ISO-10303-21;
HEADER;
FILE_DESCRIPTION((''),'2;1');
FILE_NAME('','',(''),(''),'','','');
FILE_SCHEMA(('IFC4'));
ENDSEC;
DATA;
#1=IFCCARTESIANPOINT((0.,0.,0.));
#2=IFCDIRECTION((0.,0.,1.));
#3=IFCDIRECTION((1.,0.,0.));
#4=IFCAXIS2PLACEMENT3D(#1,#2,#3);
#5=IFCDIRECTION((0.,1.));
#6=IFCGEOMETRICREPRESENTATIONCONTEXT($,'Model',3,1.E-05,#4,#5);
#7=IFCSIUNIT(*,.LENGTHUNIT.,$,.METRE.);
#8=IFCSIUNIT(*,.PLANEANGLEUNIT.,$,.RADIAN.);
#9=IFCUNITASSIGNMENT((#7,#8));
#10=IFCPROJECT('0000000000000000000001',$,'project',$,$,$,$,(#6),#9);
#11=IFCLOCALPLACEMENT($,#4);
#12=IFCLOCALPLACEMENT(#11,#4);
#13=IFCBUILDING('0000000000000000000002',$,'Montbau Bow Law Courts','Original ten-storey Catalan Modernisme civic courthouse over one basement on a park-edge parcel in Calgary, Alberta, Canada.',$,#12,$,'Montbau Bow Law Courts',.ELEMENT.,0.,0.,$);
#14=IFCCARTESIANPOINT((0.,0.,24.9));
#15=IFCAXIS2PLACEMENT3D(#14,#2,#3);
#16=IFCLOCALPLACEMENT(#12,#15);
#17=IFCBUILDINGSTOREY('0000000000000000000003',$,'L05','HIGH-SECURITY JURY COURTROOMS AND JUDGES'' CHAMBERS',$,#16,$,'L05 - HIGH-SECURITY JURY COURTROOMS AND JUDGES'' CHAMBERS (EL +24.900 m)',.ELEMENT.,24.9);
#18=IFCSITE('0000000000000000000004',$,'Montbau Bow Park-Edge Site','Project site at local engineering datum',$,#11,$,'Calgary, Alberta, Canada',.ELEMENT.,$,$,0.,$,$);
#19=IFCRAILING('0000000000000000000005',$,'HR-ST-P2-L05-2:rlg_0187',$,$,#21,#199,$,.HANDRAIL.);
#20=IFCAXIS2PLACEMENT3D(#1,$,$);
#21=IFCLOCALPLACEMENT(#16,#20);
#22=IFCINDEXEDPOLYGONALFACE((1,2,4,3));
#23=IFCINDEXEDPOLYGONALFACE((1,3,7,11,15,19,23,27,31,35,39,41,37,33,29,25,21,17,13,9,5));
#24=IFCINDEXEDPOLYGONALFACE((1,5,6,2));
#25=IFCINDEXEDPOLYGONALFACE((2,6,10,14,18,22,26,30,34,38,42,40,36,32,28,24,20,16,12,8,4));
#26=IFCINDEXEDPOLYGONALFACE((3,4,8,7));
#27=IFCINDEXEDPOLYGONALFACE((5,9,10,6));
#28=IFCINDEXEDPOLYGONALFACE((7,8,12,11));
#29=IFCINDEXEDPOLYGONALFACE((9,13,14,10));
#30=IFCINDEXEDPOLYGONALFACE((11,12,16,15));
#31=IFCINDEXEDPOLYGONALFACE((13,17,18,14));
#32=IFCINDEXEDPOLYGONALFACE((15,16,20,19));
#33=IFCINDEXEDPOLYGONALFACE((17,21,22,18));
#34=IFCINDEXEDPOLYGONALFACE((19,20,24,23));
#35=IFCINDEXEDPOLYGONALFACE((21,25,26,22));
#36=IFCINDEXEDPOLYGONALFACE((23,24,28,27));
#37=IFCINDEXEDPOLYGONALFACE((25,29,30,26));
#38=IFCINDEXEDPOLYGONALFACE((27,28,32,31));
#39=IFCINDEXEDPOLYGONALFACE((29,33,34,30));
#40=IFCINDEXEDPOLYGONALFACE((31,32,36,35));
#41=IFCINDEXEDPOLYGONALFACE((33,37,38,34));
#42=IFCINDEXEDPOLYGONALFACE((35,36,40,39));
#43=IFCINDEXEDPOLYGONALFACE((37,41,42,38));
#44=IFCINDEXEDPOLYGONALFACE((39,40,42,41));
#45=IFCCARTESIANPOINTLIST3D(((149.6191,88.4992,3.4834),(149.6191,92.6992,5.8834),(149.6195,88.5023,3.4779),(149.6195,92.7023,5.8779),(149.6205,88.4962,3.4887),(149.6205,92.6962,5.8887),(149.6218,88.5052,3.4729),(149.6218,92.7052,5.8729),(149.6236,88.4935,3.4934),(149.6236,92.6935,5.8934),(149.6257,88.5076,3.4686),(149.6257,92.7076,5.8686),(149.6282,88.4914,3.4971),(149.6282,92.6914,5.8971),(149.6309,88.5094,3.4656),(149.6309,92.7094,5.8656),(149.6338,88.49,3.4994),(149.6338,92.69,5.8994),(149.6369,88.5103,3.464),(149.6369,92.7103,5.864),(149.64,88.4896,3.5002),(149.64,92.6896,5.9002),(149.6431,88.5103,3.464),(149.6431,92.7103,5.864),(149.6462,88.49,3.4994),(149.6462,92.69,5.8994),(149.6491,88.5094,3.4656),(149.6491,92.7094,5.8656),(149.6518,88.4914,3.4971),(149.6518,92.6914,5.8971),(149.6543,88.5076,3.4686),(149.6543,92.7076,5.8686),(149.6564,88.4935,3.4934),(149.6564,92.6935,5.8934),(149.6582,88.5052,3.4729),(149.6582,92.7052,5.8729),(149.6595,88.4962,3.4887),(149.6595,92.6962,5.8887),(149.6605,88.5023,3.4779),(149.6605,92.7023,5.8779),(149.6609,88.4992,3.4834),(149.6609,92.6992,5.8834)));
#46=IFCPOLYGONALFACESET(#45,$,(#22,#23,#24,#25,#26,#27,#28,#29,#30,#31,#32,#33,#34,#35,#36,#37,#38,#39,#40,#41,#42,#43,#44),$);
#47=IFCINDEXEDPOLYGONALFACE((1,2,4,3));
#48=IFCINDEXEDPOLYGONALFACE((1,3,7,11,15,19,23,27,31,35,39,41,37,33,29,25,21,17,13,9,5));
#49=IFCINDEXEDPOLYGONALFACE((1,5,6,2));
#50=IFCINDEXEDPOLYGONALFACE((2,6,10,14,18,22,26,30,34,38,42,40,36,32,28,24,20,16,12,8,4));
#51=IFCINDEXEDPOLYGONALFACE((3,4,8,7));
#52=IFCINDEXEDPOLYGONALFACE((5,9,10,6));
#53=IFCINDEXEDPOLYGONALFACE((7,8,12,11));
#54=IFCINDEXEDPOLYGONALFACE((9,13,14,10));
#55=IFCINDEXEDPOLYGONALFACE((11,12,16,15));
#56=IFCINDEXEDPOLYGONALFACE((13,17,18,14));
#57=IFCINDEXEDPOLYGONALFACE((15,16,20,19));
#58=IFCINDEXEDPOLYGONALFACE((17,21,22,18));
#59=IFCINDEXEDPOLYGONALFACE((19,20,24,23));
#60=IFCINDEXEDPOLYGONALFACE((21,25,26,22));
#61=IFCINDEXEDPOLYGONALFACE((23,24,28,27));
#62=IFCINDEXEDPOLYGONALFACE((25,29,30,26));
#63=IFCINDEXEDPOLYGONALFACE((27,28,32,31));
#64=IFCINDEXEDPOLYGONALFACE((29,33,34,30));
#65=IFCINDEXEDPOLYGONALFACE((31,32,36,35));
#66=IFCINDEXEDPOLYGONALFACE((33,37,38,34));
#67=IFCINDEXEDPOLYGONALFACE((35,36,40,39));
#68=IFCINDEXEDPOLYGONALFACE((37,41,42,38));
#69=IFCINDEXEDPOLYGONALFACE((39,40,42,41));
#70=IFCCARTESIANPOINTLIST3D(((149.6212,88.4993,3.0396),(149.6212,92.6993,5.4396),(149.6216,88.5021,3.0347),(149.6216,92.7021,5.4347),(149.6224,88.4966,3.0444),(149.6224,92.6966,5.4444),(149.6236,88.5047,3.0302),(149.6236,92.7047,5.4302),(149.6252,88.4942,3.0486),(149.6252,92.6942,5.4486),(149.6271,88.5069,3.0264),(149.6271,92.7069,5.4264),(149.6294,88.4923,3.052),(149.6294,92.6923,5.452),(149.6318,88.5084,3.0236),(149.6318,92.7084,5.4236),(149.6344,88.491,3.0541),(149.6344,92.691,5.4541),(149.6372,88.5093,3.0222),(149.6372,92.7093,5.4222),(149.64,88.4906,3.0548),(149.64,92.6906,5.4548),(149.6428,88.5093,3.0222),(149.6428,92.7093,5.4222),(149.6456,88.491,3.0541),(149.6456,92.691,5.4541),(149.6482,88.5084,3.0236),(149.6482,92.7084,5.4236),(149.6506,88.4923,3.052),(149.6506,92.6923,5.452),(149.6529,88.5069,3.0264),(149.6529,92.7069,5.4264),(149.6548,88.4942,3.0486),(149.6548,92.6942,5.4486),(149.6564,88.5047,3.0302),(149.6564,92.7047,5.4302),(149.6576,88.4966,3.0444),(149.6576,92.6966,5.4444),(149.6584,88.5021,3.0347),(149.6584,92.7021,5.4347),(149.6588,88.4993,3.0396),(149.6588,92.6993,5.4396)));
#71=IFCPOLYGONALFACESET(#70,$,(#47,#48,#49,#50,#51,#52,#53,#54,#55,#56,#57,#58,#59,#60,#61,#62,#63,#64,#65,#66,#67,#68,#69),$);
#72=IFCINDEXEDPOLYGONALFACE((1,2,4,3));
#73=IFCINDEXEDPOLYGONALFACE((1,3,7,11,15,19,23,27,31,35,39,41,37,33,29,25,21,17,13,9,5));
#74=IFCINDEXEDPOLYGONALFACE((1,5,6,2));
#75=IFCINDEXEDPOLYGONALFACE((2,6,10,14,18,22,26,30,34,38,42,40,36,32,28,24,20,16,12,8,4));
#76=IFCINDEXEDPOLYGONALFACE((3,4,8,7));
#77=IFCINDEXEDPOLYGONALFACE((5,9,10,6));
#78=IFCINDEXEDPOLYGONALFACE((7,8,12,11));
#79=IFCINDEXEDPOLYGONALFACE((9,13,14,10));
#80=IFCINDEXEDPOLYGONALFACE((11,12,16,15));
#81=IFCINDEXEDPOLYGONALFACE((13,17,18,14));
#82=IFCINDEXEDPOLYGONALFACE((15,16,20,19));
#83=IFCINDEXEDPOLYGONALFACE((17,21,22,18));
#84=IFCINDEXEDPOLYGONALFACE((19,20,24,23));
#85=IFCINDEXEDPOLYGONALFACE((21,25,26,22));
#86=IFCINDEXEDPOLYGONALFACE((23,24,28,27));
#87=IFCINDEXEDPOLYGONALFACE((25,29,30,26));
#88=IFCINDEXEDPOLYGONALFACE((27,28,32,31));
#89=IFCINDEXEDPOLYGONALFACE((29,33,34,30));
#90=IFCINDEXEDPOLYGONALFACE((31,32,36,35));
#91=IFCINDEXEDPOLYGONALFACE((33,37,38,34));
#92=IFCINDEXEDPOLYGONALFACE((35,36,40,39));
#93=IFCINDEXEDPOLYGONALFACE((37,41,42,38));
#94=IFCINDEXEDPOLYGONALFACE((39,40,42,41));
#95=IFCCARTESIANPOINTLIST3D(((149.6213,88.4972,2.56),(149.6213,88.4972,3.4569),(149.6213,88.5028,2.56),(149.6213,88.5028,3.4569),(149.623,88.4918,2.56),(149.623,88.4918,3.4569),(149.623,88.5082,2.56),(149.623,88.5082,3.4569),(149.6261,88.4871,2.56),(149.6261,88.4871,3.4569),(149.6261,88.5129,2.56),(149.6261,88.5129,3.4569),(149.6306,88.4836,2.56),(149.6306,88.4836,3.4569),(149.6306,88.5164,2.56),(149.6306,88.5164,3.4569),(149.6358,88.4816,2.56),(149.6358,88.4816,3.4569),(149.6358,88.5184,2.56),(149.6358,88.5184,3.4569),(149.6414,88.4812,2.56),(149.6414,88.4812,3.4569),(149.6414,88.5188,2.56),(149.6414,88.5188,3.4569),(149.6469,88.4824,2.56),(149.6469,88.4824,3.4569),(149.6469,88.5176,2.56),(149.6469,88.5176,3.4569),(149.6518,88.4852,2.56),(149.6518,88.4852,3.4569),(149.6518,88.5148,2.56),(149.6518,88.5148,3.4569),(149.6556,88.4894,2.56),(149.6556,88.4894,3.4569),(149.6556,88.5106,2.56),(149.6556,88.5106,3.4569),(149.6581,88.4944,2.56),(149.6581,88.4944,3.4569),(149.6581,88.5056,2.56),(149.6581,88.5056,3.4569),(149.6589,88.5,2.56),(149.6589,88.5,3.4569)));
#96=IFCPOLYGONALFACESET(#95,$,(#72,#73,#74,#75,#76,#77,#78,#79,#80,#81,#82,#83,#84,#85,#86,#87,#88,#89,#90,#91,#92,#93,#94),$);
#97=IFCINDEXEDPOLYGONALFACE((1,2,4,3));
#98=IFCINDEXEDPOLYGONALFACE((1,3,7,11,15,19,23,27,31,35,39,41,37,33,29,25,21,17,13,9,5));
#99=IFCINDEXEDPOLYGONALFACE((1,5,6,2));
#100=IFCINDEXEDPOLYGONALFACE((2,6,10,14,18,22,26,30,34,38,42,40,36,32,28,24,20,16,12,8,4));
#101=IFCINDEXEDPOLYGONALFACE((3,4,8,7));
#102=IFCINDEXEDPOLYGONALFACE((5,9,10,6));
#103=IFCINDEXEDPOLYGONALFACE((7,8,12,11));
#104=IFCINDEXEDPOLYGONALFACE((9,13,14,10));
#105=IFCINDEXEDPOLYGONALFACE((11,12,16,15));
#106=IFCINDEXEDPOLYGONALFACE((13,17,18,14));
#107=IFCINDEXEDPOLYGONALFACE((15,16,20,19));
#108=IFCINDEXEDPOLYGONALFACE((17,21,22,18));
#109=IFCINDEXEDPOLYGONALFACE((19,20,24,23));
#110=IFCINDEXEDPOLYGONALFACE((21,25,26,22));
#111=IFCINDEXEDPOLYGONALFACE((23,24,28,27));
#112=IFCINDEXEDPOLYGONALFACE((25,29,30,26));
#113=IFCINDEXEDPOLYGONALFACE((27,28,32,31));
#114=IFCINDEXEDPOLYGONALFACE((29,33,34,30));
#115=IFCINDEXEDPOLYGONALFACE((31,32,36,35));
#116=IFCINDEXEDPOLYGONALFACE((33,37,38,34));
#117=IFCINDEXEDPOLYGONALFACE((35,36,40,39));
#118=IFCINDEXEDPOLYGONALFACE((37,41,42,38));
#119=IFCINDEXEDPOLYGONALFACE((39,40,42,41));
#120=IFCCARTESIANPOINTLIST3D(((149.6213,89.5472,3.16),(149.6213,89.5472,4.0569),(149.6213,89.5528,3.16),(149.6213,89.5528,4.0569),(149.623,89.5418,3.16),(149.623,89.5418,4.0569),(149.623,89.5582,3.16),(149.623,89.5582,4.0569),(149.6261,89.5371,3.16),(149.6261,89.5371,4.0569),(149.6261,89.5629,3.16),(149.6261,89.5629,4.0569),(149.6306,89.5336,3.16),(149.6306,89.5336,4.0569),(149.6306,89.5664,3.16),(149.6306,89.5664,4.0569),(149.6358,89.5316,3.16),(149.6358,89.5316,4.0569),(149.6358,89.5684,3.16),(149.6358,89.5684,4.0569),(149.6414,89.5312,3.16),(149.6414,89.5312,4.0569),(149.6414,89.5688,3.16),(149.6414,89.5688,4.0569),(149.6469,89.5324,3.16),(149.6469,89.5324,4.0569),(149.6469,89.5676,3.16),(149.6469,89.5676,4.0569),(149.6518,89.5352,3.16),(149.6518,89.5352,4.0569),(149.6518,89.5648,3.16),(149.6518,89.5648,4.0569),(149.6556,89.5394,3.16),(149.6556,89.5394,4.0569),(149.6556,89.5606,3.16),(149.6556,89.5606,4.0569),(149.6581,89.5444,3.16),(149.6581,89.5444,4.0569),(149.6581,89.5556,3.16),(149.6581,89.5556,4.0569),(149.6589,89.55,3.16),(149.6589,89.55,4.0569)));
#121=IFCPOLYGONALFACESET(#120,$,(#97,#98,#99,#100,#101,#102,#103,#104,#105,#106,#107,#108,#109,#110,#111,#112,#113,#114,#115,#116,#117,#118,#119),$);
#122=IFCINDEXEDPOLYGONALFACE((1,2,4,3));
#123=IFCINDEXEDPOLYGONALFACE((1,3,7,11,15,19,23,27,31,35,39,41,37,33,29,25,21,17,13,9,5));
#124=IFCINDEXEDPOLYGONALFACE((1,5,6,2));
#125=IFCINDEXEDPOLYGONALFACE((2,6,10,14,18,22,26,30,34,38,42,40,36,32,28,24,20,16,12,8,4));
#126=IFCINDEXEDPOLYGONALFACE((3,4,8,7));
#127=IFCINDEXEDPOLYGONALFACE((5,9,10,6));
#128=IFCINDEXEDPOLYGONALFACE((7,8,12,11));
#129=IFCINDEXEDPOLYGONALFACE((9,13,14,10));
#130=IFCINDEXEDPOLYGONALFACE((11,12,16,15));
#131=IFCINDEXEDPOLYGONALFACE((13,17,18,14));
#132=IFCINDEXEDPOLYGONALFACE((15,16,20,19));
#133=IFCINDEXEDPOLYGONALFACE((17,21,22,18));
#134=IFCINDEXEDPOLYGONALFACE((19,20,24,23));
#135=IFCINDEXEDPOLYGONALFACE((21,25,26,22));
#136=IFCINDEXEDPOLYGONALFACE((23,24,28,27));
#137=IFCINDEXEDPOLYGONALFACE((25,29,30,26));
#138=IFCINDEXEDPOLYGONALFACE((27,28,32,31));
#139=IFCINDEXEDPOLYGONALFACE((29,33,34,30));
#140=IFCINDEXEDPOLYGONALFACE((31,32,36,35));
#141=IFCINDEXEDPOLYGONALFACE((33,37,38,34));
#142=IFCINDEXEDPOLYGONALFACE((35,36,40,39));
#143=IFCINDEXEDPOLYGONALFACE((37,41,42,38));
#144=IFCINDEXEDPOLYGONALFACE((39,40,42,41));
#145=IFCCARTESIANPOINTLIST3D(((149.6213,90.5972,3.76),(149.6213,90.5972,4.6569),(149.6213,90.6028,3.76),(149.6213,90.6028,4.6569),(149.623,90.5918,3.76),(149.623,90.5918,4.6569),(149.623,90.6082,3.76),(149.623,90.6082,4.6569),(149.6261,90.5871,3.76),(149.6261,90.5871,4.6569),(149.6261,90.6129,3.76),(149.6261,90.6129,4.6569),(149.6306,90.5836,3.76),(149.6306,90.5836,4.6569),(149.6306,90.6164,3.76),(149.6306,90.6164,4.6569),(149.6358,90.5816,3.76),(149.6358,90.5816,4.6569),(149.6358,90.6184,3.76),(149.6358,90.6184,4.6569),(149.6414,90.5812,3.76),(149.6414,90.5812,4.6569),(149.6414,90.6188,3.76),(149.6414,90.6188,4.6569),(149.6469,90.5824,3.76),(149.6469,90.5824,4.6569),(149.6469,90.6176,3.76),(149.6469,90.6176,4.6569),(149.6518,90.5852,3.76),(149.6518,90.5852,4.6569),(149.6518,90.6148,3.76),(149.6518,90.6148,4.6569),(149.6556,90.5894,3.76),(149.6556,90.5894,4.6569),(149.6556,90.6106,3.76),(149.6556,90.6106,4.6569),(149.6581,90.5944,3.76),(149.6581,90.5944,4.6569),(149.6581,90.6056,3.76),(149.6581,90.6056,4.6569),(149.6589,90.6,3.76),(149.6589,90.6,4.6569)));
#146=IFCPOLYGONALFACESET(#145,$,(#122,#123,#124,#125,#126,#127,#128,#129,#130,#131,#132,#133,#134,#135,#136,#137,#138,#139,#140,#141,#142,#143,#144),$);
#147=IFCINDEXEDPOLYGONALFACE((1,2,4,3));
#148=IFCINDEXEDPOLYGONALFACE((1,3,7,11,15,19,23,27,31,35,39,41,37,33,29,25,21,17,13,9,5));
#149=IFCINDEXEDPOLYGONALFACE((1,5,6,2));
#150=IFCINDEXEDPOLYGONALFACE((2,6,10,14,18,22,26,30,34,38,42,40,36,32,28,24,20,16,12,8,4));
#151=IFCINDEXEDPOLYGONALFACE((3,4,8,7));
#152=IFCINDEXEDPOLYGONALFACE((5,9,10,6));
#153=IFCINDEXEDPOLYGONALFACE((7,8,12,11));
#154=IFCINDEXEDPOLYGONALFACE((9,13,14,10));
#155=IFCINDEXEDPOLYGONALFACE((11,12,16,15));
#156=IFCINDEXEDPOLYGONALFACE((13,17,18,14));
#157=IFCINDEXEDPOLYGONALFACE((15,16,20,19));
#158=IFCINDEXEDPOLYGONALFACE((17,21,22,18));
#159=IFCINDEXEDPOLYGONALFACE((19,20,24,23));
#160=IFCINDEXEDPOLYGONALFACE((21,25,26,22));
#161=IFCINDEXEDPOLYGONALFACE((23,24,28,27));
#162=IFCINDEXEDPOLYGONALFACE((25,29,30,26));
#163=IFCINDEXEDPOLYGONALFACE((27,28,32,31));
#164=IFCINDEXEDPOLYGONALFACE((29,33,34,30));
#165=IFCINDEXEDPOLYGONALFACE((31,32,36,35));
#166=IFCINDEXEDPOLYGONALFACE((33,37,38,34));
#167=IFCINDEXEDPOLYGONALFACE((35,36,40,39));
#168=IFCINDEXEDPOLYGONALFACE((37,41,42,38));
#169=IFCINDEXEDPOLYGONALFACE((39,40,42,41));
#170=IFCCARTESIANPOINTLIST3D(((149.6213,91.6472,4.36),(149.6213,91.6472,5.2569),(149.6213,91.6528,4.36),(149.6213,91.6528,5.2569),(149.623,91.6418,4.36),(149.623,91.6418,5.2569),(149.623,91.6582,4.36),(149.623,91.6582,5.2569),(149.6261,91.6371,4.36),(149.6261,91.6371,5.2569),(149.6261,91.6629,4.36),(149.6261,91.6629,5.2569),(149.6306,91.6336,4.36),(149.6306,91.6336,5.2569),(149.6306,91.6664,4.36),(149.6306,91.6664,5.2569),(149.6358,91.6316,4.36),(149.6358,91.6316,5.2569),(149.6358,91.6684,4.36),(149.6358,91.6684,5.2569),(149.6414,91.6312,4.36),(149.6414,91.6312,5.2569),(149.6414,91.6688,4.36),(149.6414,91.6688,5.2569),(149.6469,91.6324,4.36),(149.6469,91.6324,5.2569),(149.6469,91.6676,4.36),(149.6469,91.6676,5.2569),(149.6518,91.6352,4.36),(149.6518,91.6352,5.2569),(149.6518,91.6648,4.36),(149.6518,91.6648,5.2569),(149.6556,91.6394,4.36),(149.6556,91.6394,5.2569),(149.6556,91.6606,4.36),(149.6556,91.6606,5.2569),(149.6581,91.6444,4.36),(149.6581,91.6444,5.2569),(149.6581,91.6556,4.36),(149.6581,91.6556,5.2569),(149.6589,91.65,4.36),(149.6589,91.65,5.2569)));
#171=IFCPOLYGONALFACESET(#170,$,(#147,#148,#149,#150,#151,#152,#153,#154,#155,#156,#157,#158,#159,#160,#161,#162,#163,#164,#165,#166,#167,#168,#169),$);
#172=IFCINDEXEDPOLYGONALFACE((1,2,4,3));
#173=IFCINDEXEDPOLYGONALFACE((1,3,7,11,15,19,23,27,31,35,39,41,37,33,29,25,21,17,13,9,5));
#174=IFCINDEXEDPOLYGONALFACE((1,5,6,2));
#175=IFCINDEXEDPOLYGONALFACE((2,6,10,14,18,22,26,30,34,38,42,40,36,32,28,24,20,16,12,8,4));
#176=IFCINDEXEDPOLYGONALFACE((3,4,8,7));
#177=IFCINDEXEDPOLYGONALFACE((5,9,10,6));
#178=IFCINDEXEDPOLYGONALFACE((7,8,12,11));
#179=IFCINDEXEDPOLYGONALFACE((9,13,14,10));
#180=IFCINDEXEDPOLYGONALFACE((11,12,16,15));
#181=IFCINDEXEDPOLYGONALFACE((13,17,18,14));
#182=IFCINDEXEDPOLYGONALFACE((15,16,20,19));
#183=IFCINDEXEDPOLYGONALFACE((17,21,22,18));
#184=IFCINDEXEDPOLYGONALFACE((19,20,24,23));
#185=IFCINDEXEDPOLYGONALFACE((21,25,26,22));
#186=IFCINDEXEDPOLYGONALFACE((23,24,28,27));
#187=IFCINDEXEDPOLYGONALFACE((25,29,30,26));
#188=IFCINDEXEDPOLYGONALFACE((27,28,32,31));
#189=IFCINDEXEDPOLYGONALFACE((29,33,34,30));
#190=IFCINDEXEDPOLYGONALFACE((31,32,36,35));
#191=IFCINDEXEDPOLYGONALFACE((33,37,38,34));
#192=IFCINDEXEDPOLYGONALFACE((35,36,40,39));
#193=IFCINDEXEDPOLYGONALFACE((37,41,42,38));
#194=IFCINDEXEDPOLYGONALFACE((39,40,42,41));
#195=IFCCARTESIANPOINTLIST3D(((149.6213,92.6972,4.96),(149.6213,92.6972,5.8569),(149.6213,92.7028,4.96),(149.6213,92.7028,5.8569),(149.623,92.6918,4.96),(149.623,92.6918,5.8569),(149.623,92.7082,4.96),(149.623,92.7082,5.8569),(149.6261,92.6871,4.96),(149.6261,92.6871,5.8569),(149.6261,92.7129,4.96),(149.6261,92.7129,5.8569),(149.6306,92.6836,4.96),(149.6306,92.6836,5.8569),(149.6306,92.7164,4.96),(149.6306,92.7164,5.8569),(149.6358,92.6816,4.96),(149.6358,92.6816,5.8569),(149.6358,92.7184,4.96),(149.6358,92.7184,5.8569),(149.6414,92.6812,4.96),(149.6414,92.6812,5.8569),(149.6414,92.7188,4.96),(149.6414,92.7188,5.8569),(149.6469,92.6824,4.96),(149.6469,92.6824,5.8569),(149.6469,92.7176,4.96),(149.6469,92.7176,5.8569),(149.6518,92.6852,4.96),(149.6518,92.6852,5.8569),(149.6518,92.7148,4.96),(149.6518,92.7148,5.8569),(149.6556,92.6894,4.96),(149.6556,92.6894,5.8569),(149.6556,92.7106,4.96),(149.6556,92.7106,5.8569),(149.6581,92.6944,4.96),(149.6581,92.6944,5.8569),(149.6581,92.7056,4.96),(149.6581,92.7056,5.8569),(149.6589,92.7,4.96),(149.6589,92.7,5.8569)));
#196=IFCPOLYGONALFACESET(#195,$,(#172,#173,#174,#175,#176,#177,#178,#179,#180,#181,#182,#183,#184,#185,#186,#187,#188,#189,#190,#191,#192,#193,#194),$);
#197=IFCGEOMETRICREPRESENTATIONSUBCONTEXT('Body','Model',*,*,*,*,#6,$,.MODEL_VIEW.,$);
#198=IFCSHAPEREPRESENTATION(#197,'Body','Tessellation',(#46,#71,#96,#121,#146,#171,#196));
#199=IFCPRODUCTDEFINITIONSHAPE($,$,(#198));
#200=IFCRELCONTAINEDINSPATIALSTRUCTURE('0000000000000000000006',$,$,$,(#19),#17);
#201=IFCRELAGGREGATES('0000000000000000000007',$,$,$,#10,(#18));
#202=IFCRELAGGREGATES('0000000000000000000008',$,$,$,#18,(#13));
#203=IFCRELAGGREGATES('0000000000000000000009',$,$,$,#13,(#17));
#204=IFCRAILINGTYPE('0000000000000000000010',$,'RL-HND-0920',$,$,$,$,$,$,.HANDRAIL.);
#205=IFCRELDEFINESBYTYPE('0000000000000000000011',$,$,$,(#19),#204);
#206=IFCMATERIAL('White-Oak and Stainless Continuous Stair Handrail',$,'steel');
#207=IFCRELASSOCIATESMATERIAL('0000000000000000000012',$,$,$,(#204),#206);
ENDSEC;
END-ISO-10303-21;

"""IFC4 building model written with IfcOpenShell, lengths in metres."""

from ifc_helpers import new_model, si_unit, direction, frame, origin_with_axes, origin_2d_with_axis, place, context, subcontext, project, spatial, circle, extrude, material, type_object, element, save


model = new_model("IFC4")

# Units and contexts
model_context = context("Model", 3, precision=1e-05, world=origin_with_axes(), true_north=direction((0.0, 1.0)))
body_context = subcontext(model_context, "Body", "Model", "MODEL_VIEW")
ifc_project = project(units=[si_unit("LENGTHUNIT", "METRE"), si_unit("PLANEANGLEUNIT", "RADIAN")], contexts=[model_context])

# Site, building, storey
site_placement = place(None, origin_with_axes())
site = spatial("IfcSite", under=ifc_project, at=site_placement, Name="Montbau Bow Park-Edge Site", Description="Project site at local engineering datum", LongName="Calgary, Alberta, Canada", CompositionType="ELEMENT", RefElevation=0.0)
building_placement = place(site_placement, origin_with_axes())
building = spatial("IfcBuilding", under=site, at=building_placement, Name="Montbau Bow Law Courts", Description="Original ten-storey Catalan Modernisme civic courthouse over one basement on a park-edge parcel in Calgary, Alberta, Canada.", LongName="Montbau Bow Law Courts", CompositionType="ELEMENT", ElevationOfRefHeight=0.0, ElevationOfTerrain=0.0)
storey_placement = place(building_placement, frame((0.0, 0.0, 24.9), z_axis=(0.0, 0.0, 1.0), x_axis=(1.0, 0.0, 0.0)))
storey = spatial("IfcBuildingStorey", under=building, at=storey_placement, Name="L05", Description="HIGH-SECURITY JURY COURTROOMS AND JUDGES' CHAMBERS", LongName="L05 - HIGH-SECURITY JURY COURTROOMS AND JUDGES' CHAMBERS (EL +24.900 m)", CompositionType="ELEMENT", Elevation=24.9)

# Railing
ifc_material_1 = material(Name="White-Oak and Stainless Continuous Stair Handrail", Category="steel")
railing_type_1 = type_object("IfcRailingType", Name="RL-HND-0920", PredefinedType="HANDRAIL", material=ifc_material_1)
railing_1_placement = place(None, origin_with_axes())
element("IfcRailing", 1, at=railing_1_placement, inside=storey, type_object=railing_type_1, Name="HR-ST-P2-L05-2:rlg_0187", PredefinedType="HANDRAIL", context=body_context, shape_type="SweptSolid", body=[
    extrude(circle(Radius=0.021, at=origin_2d_with_axis()), frame((149.64, 88.5, 28.382), z_axis=(0.0, 0.868243, 0.496139), x_axis=(0.0, -0.496139, 0.868243)), (0.0, 0.0, 1.0), 4.8374),
    extrude(circle(Radius=0.0189, at=origin_2d_with_axis()), frame((149.64, 88.5, 27.9384), z_axis=(0.0, 0.868243, 0.496139), x_axis=(0.0, -0.496139, 0.868243)), (0.0, 0.0, 1.0), 4.8374),
    extrude(circle(Radius=0.0189, at=origin_2d_with_axis()), frame((149.64, 88.5, 27.46), z_axis=(0.0, 0.0, 1.0), x_axis=(1.0, 0.0, 0.0)), (0.0, 0.0, 1.0), 0.8969),
    extrude(circle(Radius=0.0189, at=origin_2d_with_axis()), frame((149.64, 89.55, 28.06), z_axis=(0.0, 0.0, 1.0), x_axis=(1.0, 0.0, 0.0)), (0.0, 0.0, 1.0), 0.8969),
    extrude(circle(Radius=0.0189, at=origin_2d_with_axis()), frame((149.64, 90.6, 28.66), z_axis=(0.0, 0.0, 1.0), x_axis=(1.0, 0.0, 0.0)), (0.0, 0.0, 1.0), 0.8969),
    extrude(circle(Radius=0.0189, at=origin_2d_with_axis()), frame((149.64, 91.65, 29.26), z_axis=(0.0, 0.0, 1.0), x_axis=(1.0, 0.0, 0.0)), (0.0, 0.0, 1.0), 0.8969),
    extrude(circle(Radius=0.0189, at=origin_2d_with_axis()), frame((149.64, 92.7, 29.86), z_axis=(0.0, 0.0, 1.0), x_axis=(1.0, 0.0, 0.0)), (0.0, 0.0, 1.0), 0.8969),
])

save(model, "model.ifc")
